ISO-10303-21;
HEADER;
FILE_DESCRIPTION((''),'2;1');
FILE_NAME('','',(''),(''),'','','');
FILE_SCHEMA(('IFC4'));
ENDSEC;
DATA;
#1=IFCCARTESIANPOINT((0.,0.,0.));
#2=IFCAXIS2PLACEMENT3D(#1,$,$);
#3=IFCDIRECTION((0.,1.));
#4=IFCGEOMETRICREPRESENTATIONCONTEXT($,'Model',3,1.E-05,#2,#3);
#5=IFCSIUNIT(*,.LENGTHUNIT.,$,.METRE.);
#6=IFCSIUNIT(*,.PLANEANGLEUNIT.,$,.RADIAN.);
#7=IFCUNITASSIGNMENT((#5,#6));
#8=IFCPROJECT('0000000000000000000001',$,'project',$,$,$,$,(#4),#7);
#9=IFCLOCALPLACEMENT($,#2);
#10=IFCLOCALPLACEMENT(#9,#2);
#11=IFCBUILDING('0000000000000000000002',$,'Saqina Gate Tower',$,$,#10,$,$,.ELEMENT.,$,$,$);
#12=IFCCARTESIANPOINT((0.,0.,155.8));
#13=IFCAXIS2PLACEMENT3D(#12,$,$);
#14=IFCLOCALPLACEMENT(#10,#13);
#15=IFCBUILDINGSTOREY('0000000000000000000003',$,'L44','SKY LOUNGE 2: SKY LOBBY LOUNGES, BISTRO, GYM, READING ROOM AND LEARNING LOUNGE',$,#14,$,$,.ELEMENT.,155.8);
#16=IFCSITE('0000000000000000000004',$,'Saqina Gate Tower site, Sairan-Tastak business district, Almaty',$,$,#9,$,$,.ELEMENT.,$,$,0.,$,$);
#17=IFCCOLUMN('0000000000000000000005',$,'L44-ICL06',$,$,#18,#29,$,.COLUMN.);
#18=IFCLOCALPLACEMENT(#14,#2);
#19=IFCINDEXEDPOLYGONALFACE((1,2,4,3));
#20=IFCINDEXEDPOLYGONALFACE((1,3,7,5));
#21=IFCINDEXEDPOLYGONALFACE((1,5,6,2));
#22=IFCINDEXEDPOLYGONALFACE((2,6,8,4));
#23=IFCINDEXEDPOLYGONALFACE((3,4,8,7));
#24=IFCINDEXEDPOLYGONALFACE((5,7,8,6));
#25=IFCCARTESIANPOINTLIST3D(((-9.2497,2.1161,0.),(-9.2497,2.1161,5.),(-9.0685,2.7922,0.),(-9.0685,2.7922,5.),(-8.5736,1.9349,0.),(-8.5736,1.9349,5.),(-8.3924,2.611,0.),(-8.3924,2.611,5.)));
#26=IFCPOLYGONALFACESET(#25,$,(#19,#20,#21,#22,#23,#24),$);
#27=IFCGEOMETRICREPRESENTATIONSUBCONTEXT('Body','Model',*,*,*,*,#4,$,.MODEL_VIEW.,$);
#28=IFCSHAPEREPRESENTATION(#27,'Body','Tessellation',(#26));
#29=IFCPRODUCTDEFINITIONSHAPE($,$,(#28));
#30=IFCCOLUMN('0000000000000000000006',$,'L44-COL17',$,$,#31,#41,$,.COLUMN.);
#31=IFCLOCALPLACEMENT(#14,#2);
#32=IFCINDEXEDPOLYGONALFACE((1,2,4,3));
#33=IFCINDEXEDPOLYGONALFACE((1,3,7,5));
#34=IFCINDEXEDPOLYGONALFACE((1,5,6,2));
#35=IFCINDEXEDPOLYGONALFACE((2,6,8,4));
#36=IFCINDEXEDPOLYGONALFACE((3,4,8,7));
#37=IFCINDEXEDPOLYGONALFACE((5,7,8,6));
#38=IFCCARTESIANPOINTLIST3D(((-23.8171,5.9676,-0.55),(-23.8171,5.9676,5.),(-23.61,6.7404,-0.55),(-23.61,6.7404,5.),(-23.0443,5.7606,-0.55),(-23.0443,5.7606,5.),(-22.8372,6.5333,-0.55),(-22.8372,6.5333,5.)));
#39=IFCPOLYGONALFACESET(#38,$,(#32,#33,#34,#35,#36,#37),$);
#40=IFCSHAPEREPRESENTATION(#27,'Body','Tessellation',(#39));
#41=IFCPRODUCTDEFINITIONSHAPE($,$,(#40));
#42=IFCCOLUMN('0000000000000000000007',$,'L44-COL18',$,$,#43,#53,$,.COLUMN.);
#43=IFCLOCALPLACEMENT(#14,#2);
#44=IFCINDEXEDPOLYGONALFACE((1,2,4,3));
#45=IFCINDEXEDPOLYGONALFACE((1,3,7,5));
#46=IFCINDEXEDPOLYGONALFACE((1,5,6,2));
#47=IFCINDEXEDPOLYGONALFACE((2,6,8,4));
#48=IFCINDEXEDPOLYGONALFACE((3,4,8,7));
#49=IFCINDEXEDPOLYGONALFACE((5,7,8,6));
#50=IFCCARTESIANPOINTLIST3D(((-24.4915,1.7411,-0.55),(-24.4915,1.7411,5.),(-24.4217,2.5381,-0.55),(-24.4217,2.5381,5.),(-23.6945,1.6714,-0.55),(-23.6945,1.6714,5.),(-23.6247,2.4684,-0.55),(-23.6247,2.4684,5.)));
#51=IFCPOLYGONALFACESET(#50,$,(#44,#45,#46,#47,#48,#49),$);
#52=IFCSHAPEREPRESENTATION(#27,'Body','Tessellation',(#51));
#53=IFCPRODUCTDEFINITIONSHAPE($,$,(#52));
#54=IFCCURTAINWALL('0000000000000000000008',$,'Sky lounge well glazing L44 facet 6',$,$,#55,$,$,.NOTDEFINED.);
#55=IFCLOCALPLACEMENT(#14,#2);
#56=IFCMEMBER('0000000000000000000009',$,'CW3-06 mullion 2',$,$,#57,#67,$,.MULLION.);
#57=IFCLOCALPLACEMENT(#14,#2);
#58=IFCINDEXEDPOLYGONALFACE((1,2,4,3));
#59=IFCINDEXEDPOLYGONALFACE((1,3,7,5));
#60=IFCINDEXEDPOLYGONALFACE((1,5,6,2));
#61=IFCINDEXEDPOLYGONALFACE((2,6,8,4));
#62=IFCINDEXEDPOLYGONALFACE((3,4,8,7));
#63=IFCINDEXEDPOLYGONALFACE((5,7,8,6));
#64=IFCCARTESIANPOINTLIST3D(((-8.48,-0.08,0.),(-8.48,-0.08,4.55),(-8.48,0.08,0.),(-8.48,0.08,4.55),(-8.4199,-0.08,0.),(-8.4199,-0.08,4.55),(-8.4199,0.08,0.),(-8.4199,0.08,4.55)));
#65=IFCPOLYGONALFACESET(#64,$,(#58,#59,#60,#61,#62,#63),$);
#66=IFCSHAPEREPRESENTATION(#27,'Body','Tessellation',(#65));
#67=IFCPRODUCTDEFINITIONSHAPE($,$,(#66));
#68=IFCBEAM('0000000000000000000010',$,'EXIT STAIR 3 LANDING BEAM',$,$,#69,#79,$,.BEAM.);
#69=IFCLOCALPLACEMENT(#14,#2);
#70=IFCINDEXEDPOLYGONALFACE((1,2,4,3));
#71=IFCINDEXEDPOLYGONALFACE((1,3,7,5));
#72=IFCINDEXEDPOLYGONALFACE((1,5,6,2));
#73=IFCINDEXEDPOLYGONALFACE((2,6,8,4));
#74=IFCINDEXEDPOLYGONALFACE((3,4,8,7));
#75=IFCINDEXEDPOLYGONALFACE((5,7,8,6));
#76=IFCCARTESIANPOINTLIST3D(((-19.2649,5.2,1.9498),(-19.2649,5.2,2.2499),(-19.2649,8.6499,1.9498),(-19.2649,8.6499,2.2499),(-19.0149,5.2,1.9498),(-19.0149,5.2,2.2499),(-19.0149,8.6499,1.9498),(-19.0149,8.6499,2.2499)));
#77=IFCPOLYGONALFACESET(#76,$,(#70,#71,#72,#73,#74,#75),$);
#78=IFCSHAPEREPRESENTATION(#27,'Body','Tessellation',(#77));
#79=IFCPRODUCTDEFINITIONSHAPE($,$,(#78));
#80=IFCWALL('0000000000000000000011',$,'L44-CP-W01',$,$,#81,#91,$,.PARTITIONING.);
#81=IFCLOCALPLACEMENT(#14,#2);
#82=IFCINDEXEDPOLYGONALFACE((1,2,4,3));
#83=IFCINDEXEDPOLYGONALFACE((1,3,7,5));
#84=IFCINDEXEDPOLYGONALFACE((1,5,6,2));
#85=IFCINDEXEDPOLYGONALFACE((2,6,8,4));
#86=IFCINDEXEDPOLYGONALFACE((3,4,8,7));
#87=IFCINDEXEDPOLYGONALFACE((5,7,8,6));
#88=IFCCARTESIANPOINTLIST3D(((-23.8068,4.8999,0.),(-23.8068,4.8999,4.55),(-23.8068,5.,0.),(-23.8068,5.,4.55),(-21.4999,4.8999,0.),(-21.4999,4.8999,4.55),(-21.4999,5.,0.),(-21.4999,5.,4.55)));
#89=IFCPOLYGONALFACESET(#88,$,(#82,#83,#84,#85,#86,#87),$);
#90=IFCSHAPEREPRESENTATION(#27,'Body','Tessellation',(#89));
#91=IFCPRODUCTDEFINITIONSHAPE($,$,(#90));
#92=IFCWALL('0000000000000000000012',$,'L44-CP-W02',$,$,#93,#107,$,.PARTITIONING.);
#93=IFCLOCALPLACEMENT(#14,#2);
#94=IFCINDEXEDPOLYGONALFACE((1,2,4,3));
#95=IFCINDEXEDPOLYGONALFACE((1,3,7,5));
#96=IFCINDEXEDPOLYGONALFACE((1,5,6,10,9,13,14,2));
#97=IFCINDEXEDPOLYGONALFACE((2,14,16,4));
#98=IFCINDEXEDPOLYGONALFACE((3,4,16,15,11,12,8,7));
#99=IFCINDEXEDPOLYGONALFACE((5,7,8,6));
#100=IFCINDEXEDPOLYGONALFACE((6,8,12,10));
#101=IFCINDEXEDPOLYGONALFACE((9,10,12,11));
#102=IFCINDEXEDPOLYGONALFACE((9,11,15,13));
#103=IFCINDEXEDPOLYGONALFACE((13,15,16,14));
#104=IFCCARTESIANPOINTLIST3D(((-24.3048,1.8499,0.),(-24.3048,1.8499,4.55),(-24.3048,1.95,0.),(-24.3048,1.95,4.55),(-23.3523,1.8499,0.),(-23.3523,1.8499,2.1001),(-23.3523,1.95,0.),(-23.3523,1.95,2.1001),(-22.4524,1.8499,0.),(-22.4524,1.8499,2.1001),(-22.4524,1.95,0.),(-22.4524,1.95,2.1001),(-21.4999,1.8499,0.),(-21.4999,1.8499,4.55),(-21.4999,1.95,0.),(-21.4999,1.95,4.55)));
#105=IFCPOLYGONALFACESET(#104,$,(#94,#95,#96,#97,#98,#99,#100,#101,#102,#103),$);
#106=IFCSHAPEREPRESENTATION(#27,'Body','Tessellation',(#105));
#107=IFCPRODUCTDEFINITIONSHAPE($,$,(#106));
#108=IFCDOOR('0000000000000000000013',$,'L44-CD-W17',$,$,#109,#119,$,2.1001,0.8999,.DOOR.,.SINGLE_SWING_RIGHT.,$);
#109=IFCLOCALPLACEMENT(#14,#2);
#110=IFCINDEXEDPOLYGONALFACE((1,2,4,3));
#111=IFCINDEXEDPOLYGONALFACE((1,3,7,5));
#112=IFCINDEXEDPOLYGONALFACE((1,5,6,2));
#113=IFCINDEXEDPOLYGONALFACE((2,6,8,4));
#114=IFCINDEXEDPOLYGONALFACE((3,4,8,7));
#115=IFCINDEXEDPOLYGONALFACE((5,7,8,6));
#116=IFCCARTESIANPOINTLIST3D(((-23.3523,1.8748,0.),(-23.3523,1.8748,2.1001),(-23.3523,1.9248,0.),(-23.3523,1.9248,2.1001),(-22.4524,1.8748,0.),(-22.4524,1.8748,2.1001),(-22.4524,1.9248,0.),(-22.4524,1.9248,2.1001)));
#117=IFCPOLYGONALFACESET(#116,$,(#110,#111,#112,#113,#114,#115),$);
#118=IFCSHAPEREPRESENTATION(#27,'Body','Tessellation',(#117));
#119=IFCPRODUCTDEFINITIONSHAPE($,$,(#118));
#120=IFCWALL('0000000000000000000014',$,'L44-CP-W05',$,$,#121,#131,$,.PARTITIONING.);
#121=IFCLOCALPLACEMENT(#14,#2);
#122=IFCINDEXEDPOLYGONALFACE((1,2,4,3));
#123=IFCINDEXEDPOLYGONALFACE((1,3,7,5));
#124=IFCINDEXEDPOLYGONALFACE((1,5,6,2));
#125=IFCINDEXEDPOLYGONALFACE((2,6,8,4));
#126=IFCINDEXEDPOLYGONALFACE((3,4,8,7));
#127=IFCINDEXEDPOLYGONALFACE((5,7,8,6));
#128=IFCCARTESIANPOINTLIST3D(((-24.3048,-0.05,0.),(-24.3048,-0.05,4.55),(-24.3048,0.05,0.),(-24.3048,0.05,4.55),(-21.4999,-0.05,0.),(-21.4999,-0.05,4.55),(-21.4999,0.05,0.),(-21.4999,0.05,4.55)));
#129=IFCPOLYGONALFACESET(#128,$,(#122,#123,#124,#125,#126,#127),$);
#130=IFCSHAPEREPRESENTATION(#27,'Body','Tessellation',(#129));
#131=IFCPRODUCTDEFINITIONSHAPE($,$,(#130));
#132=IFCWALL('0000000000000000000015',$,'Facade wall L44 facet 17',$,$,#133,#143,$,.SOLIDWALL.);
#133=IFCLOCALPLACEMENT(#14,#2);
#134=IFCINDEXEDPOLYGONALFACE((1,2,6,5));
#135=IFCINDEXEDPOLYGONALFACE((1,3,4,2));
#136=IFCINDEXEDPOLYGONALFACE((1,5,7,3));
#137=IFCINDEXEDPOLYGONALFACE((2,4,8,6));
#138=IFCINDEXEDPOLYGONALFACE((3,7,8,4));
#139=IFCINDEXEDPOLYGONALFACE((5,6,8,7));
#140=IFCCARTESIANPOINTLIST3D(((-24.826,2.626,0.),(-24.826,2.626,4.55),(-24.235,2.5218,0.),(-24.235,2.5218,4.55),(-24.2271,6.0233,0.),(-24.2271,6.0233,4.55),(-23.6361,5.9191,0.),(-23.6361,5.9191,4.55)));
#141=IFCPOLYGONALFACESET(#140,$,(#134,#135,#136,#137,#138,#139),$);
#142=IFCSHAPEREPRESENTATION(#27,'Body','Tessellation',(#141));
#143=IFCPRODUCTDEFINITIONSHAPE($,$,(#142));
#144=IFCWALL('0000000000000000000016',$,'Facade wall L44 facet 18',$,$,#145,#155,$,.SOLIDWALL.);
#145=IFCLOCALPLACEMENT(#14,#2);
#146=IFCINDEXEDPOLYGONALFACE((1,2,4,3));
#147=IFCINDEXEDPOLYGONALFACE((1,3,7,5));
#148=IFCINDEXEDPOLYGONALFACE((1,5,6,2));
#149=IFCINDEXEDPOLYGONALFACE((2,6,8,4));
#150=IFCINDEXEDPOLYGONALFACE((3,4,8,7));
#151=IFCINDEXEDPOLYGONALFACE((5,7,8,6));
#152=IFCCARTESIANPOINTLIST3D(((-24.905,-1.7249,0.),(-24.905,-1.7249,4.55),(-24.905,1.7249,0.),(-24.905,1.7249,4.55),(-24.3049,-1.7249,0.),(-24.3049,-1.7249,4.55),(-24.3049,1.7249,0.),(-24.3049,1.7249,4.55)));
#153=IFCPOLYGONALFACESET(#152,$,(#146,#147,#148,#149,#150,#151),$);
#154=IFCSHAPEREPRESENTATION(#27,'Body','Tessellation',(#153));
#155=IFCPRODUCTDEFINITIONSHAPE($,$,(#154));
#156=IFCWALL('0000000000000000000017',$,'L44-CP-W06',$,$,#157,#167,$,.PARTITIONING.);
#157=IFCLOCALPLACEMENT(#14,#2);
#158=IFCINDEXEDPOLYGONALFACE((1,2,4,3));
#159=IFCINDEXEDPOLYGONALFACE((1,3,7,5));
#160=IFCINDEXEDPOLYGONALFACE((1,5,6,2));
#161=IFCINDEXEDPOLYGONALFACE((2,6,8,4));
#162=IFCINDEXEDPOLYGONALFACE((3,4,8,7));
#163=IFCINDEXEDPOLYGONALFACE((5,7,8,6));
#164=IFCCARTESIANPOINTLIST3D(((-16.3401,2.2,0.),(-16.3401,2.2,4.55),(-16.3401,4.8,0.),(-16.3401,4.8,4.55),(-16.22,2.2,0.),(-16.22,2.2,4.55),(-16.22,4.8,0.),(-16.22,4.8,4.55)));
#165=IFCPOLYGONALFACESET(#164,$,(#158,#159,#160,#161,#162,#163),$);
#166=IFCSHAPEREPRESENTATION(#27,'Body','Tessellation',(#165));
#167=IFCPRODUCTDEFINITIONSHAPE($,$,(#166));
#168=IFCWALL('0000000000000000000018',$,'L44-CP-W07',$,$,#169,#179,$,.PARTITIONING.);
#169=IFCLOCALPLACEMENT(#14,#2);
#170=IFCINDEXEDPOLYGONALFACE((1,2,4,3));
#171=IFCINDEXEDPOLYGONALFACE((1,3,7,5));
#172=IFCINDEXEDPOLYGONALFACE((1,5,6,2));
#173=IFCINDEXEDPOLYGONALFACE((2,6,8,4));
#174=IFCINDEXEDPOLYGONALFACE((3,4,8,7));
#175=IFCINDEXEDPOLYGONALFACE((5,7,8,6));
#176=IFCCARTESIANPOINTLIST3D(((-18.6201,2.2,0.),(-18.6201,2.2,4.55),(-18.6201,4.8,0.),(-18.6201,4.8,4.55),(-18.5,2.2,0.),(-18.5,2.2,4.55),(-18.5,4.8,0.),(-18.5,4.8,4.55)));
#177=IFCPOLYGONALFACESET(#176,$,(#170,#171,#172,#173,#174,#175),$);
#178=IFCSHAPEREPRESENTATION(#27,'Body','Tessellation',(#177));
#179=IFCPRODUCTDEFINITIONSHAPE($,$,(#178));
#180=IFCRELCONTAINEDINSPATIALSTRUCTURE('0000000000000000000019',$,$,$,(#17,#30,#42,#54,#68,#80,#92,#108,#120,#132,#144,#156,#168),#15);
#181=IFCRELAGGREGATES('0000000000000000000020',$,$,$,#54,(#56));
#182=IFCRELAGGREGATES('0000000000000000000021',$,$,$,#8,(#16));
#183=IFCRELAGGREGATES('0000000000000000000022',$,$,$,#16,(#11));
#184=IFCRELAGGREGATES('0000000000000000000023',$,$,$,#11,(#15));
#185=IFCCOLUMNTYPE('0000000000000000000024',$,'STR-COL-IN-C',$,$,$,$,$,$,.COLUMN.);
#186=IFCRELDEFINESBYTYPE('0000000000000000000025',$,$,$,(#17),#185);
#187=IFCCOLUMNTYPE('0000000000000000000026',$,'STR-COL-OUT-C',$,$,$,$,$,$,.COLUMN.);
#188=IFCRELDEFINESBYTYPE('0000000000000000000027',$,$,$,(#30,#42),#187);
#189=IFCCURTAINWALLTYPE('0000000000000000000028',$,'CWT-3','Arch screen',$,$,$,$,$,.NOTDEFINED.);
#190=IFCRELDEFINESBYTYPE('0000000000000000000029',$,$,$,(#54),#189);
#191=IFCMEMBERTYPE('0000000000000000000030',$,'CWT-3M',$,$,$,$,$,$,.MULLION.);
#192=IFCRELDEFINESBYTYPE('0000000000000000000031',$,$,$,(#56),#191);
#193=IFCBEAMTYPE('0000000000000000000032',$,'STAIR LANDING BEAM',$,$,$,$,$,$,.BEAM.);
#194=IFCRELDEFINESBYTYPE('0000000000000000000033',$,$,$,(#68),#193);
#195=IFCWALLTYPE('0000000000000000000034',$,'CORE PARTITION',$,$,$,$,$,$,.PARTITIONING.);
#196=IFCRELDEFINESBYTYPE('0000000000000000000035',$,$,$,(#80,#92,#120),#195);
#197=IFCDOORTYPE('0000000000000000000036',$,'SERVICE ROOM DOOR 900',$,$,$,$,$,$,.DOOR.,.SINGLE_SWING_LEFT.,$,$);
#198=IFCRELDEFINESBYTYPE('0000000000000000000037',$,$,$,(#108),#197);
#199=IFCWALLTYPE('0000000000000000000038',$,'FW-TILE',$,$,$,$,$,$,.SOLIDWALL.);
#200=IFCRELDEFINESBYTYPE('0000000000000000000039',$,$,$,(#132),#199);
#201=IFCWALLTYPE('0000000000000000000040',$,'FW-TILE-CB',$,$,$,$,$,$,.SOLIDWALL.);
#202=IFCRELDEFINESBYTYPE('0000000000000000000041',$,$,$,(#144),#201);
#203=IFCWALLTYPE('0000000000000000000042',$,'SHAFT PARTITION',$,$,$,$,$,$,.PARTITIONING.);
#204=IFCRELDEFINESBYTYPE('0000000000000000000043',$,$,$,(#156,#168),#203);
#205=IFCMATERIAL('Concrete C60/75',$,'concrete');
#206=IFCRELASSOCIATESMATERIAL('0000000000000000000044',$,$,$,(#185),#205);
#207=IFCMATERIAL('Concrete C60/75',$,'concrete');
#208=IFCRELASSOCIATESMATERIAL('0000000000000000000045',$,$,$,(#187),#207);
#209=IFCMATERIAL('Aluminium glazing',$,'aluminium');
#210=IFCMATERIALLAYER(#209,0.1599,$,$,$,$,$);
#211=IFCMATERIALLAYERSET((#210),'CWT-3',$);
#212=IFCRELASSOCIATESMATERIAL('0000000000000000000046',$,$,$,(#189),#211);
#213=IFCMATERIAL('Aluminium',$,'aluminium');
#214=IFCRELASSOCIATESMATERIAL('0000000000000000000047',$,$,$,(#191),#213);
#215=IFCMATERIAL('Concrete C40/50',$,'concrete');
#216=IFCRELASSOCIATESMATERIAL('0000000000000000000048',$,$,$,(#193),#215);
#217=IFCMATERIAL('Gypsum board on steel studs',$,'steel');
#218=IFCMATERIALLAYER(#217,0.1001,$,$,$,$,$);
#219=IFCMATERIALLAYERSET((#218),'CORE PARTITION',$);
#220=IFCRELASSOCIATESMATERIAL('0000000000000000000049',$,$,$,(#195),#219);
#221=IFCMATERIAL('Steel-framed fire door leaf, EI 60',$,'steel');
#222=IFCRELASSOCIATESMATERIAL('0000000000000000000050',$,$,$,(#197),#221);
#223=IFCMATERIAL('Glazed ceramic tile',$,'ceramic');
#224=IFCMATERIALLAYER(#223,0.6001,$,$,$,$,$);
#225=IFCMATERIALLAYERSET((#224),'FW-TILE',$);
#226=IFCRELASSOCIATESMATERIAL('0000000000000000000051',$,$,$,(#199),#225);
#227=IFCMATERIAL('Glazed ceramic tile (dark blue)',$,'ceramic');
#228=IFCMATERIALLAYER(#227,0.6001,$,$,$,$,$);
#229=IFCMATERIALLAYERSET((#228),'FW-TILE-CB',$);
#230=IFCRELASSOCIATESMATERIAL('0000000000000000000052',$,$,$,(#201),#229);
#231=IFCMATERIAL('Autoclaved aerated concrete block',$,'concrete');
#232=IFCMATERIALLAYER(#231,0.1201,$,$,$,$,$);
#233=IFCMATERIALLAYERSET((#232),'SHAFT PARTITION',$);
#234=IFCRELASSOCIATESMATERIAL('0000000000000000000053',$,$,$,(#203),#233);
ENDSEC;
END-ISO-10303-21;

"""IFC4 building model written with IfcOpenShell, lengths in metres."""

from ifc_helpers import new_model, si_unit, direction, frame, frame_2d, origin, origin_2d, place, context, subcontext, project, spatial, rectangle, extrude, material, layer, layer_set, material_profile, profile_set, type_object, element, fill, aggregate, save


model = new_model("IFC4")

# Units and contexts
model_context = context("Model", 3, precision=1e-05, world=origin(), true_north=direction((0.0, 1.0)))
body_context = subcontext(model_context, "Body", "Model", "MODEL_VIEW")
ifc_project = project(units=[si_unit("LENGTHUNIT", "METRE"), si_unit("PLANEANGLEUNIT", "RADIAN")], contexts=[model_context])

# Site, building, storey
site_placement = place(None, origin())
site = spatial("IfcSite", under=ifc_project, at=site_placement, Name="Saqina Gate Tower site, Sairan-Tastak business district, Almaty", CompositionType="ELEMENT", RefElevation=0.0)
building_placement = place(site_placement, origin())
building = spatial("IfcBuilding", under=site, at=building_placement, Name="Saqina Gate Tower", CompositionType="ELEMENT")
storey_placement = place(building_placement, frame((0.0, 0.0, 155.8)))
storey = spatial("IfcBuildingStorey", under=building, at=storey_placement, Name="L44", Description="SKY LOUNGE 2: SKY LOBBY LOUNGES, BISTRO, GYM, READING ROOM AND LEARNING LOUNGE", CompositionType="ELEMENT", Elevation=155.8)

# Columns
ifc_material_1 = material(Name="Concrete C60/75", Category="concrete")
ifc_material_profile_1 = material_profile(ifc_material_1, rectangle(XDim=0.7, YDim=0.7, at=origin_2d()), Name="RC 700x700")
ifc_profile_set_1 = profile_set([ifc_material_profile_1], Name="Concrete C60/75")
column_type_1 = type_object("IfcColumnType", Name="STR-COL-IN-C", PredefinedType="COLUMN", material=ifc_profile_set_1)
column_placement = place(storey_placement, frame((-8.821, 2.3635, 0.0), z_axis=(0.0, 0.0, 1.0), x_axis=(-0.965926, 0.258819, 0.0)))
element("IfcColumn", 1, at=column_placement, inside=storey, type_object=column_type_1, Name="L44-ICL06", PredefinedType="COLUMN", context=body_context, shape_type="SweptSolid", body=[
    extrude(rectangle(XDim=0.7, YDim=0.7, at=origin_2d()), origin(), (0.0, 0.0, 1.0), 5.0),
])
ifc_material_2 = material(Name="Concrete C60/75", Category="concrete")
ifc_material_profile_2 = material_profile(ifc_material_2, rectangle(XDim=0.8, YDim=0.8, at=origin_2d()), Name="RC 800x800")
ifc_profile_set_2 = profile_set([ifc_material_profile_2], Name="Concrete C60/75")
column_type_2 = type_object("IfcColumnType", Name="STR-COL-OUT-C", PredefinedType="COLUMN", material=ifc_profile_set_2)
for number, where, z_axis, x_axis, name in (
    (2, (-23.3271, 6.2505, -0.55), (0.0, 0.0, 1.0), (-0.965926, 0.258819, 0.0), "L44-COL17"),
    (3, (-24.0581, 2.1047, -0.55), (0.0, 0.0, 1.0), (-0.996195, 0.087156, 0.0), "L44-COL18"),
):
    element("IfcColumn", number, at=place(storey_placement, frame(where, z_axis=z_axis, x_axis=x_axis)), inside=storey, type_object=column_type_2, Name=name, PredefinedType="COLUMN", context=body_context, shape_type="SweptSolid", body=[
        extrude(rectangle(XDim=0.8, YDim=0.8, at=origin_2d()), origin(), (0.0, 0.0, 1.0), 5.55),
    ])

# Curtain wall, member
ifc_material_3 = material(Name="Aluminium glazing", Category="aluminium")
ifc_layer_1 = layer(ifc_material_3, 0.1599)
ifc_layer_set_1 = layer_set([ifc_layer_1], Name="CWT-3")
curtain_wall_type = type_object("IfcCurtainWallType", Name="CWT-3", Description="Arch screen", PredefinedType="NOTDEFINED", material=ifc_layer_set_1)
curtain_wall_placement = place(storey_placement, origin())
curtain_wall = element("IfcCurtainWall", 4, at=curtain_wall_placement, inside=storey, type_object=curtain_wall_type, Name="Sky lounge well glazing L44 facet 6", PredefinedType="NOTDEFINED")
ifc_material_4 = material(Name="Aluminium", Category="aluminium")
ifc_material_profile_3 = material_profile(ifc_material_4, rectangle(XDim=0.0601, YDim=0.1599, at=origin_2d()), Name="Aluminium 60x160")
ifc_profile_set_3 = profile_set([ifc_material_profile_3], Name="Aluminium")
member_type = type_object("IfcMemberType", Name="CWT-3M", PredefinedType="MULLION", material=ifc_profile_set_3)
member_placement = place(storey_placement, frame((-8.45, 0.0, 0.0), z_axis=(0.0, 0.0, 1.0), x_axis=(1.0, 0.0, 0.0)))
member = element("IfcMember", 5, at=member_placement, type_object=member_type, Name="CW3-06 mullion 2", PredefinedType="MULLION", context=body_context, shape_type="SweptSolid", body=[
    extrude(rectangle(XDim=0.0601, YDim=0.1599, at=origin_2d()), origin(), (0.0, 0.0, 1.0), 4.55),
])
aggregate(curtain_wall, [member])

# Beam
ifc_material_5 = material(Name="Concrete C40/50", Category="concrete")
ifc_material_profile_4 = material_profile(ifc_material_5, rectangle(XDim=0.25, YDim=0.3, at=origin_2d()), Name="STAIR LANDING BEAM")
ifc_profile_set_4 = profile_set([ifc_material_profile_4], Name="Concrete C40/50")
beam_type = type_object("IfcBeamType", Name="STAIR LANDING BEAM", PredefinedType="BEAM", material=ifc_profile_set_4)
beam_placement = place(storey_placement, frame((-19.1399, 5.2, 2.0999), z_axis=(0.0, 1.0, 0.0), x_axis=(-1.0, 0.0, 0.0)))
element("IfcBeam", 6, at=beam_placement, inside=storey, type_object=beam_type, Name="EXIT STAIR 3 LANDING BEAM", PredefinedType="BEAM", context=body_context, shape_type="SweptSolid", body=[
    extrude(rectangle(XDim=0.25, YDim=0.3, at=origin_2d()), origin(), (0.0, 0.0, 1.0), 3.45),
])

# Wall
ifc_material_6 = material(Name="Gypsum board on steel studs", Category="steel")
ifc_layer_2 = layer(ifc_material_6, 0.1001)
ifc_layer_set_2 = layer_set([ifc_layer_2], Name="CORE PARTITION")
wall_type_1 = type_object("IfcWallType", Name="CORE PARTITION", PredefinedType="PARTITIONING", material=ifc_layer_set_2)
wall_1_placement = place(storey_placement, frame((-21.5, 4.95, 0.0), z_axis=(0.0, 0.0, 1.0), x_axis=(-1.0, 0.0, 0.0)))
element("IfcWall", 7, at=wall_1_placement, inside=storey, type_object=wall_type_1, Name="L44-CP-W01", PredefinedType="PARTITIONING", context=body_context, shape_type="SweptSolid", body=[
    extrude(rectangle(XDim=2.3069, YDim=0.1001, at=frame_2d((1.1533, 0.0))), origin(), (0.0, 0.0, 1.0), 4.55),
])

# Wall, opening, door
wall_2_placement = place(storey_placement, frame((-21.5, 1.8999, 0.0), z_axis=(0.0, 0.0, 1.0), x_axis=(-1.0, 0.0, 0.0)))
wall_2 = element("IfcWall", 8, at=wall_2_placement, inside=storey, type_object=wall_type_1, Name="L44-CP-W02", PredefinedType="PARTITIONING", context=body_context, shape_type="SweptSolid", body=[
    extrude(rectangle(XDim=2.8049, YDim=0.1001, at=frame_2d((1.4023, 0.0))), origin(), (0.0, 0.0, 1.0), 4.55),
])
opening_1_placement = place(wall_2_placement, frame((0.9524, 0.0, 0.0)))
opening_1 = element("IfcOpeningElement", 9, at=opening_1_placement, cuts=wall_2, PredefinedType="OPENING", context=body_context, shape_type="SweptSolid", body=[
    extrude(rectangle(XDim=0.8999, YDim=2.1001, at=frame_2d((0.45, 1.05))), frame((0.0, 0.062, 0.0), z_axis=(0.0, -1.0, 0.0), x_axis=(1.0, 0.0, 0.0)), (0.0, 0.0, 1.0), 0.124),
])
ifc_material_7 = material(Name="Steel-framed fire door leaf, EI 60", Category="steel")
door_type_1 = type_object("IfcDoorType", Name="SERVICE ROOM DOOR 900", OperationType="SINGLE_SWING_LEFT", PredefinedType="DOOR", material=ifc_material_7)
door_1_placement = place(opening_1_placement, frame((0.8999, 0.0, 0.0), z_axis=(0.0, 0.0, 1.0), x_axis=(-1.0, 0.0, 0.0)))
door_1 = element("IfcDoor", 10, at=door_1_placement, inside=storey, type_object=door_type_1, Name="L44-CD-W17", OperationType="SINGLE_SWING_RIGHT", OverallHeight=2.1001, OverallWidth=0.8999, PredefinedType="DOOR", context=body_context, shape_type="SweptSolid", body=[
    extrude(rectangle(XDim=0.8999, YDim=2.1001, at=frame_2d((0.45, 1.05))), frame((0.0, 0.0249, 0.0), z_axis=(0.0, -1.0, 0.0), x_axis=(1.0, 0.0, 0.0)), (0.0, 0.0, 1.0), 0.05),
])
fill(opening_1, door_1)

# Walls
wall_3_placement = place(storey_placement, frame((-21.5, 0.0, 0.0), z_axis=(0.0, 0.0, 1.0), x_axis=(-1.0, 0.0, 0.0)))
element("IfcWall", 11, at=wall_3_placement, inside=storey, type_object=wall_type_1, Name="L44-CP-W05", PredefinedType="PARTITIONING", context=body_context, shape_type="SweptSolid", body=[
    extrude(rectangle(XDim=2.8049, YDim=0.1001, at=frame_2d((1.4023, 0.0))), origin(), (0.0, 0.0, 1.0), 4.55),
])
ifc_material_8 = material(Name="Glazed ceramic tile", Category="ceramic")
ifc_layer_3 = layer(ifc_material_8, 0.6001)
ifc_layer_set_3 = layer_set([ifc_layer_3], Name="FW-TILE")
wall_type_2 = type_object("IfcWallType", Name="FW-TILE", PredefinedType="SOLIDWALL", material=ifc_layer_set_3)
wall_4_placement = place(storey_placement, frame((-23.9316, 5.9712, 0.0), z_axis=(0.0, 0.0, 1.0), x_axis=(-0.173608, -0.984815, 0.0)))
element("IfcWall", 12, at=wall_4_placement, inside=storey, type_object=wall_type_2, Name="Facade wall L44 facet 17", PredefinedType="SOLIDWALL", context=body_context, shape_type="SweptSolid", body=[
    extrude(rectangle(XDim=3.4497, YDim=0.6001, at=frame_2d((1.7249, 0.0))), origin(), (0.0, 0.0, 1.0), 4.55),
])
ifc_material_9 = material(Name="Glazed ceramic tile (dark blue)", Category="ceramic")
ifc_layer_4 = layer(ifc_material_9, 0.6001)
ifc_layer_set_4 = layer_set([ifc_layer_4], Name="FW-TILE-CB")
wall_type_3 = type_object("IfcWallType", Name="FW-TILE-CB", PredefinedType="SOLIDWALL", material=ifc_layer_set_4)
wall_5_placement = place(storey_placement, frame((-24.605, 1.7249, 0.0), z_axis=(0.0, 0.0, 1.0), x_axis=(0.0, -1.0, 0.0)))
element("IfcWall", 13, at=wall_5_placement, inside=storey, type_object=wall_type_3, Name="Facade wall L44 facet 18", PredefinedType="SOLIDWALL", context=body_context, shape_type="SweptSolid", body=[
    extrude(rectangle(XDim=3.4497, YDim=0.6001, at=frame_2d((1.7249, 0.0))), origin(), (0.0, 0.0, 1.0), 4.55),
])
ifc_material_10 = material(Name="Autoclaved aerated concrete block", Category="concrete")
ifc_layer_5 = layer(ifc_material_10, 0.1201)
ifc_layer_set_5 = layer_set([ifc_layer_5], Name="SHAFT PARTITION")
wall_type_4 = type_object("IfcWallType", Name="SHAFT PARTITION", PredefinedType="PARTITIONING", material=ifc_layer_set_5)
for number, where, z_axis, x_axis, name in (
    (14, (-16.28, 2.2, 0.0), (0.0, 0.0, 1.0), (0.0, 1.0, 0.0), "L44-CP-W06"),
    (15, (-18.5601, 2.2, 0.0), (0.0, 0.0, 1.0), (0.0, 1.0, 0.0), "L44-CP-W07"),
):
    element("IfcWall", number, at=place(storey_placement, frame(where, z_axis=z_axis, x_axis=x_axis)), inside=storey, type_object=wall_type_4, Name=name, PredefinedType="PARTITIONING", context=body_context, shape_type="SweptSolid", body=[
        extrude(rectangle(XDim=2.6001, YDim=0.1201, at=frame_2d((1.3, 0.0))), origin(), (0.0, 0.0, 1.0), 4.55),
    ])

save(model, "model.ifc")
